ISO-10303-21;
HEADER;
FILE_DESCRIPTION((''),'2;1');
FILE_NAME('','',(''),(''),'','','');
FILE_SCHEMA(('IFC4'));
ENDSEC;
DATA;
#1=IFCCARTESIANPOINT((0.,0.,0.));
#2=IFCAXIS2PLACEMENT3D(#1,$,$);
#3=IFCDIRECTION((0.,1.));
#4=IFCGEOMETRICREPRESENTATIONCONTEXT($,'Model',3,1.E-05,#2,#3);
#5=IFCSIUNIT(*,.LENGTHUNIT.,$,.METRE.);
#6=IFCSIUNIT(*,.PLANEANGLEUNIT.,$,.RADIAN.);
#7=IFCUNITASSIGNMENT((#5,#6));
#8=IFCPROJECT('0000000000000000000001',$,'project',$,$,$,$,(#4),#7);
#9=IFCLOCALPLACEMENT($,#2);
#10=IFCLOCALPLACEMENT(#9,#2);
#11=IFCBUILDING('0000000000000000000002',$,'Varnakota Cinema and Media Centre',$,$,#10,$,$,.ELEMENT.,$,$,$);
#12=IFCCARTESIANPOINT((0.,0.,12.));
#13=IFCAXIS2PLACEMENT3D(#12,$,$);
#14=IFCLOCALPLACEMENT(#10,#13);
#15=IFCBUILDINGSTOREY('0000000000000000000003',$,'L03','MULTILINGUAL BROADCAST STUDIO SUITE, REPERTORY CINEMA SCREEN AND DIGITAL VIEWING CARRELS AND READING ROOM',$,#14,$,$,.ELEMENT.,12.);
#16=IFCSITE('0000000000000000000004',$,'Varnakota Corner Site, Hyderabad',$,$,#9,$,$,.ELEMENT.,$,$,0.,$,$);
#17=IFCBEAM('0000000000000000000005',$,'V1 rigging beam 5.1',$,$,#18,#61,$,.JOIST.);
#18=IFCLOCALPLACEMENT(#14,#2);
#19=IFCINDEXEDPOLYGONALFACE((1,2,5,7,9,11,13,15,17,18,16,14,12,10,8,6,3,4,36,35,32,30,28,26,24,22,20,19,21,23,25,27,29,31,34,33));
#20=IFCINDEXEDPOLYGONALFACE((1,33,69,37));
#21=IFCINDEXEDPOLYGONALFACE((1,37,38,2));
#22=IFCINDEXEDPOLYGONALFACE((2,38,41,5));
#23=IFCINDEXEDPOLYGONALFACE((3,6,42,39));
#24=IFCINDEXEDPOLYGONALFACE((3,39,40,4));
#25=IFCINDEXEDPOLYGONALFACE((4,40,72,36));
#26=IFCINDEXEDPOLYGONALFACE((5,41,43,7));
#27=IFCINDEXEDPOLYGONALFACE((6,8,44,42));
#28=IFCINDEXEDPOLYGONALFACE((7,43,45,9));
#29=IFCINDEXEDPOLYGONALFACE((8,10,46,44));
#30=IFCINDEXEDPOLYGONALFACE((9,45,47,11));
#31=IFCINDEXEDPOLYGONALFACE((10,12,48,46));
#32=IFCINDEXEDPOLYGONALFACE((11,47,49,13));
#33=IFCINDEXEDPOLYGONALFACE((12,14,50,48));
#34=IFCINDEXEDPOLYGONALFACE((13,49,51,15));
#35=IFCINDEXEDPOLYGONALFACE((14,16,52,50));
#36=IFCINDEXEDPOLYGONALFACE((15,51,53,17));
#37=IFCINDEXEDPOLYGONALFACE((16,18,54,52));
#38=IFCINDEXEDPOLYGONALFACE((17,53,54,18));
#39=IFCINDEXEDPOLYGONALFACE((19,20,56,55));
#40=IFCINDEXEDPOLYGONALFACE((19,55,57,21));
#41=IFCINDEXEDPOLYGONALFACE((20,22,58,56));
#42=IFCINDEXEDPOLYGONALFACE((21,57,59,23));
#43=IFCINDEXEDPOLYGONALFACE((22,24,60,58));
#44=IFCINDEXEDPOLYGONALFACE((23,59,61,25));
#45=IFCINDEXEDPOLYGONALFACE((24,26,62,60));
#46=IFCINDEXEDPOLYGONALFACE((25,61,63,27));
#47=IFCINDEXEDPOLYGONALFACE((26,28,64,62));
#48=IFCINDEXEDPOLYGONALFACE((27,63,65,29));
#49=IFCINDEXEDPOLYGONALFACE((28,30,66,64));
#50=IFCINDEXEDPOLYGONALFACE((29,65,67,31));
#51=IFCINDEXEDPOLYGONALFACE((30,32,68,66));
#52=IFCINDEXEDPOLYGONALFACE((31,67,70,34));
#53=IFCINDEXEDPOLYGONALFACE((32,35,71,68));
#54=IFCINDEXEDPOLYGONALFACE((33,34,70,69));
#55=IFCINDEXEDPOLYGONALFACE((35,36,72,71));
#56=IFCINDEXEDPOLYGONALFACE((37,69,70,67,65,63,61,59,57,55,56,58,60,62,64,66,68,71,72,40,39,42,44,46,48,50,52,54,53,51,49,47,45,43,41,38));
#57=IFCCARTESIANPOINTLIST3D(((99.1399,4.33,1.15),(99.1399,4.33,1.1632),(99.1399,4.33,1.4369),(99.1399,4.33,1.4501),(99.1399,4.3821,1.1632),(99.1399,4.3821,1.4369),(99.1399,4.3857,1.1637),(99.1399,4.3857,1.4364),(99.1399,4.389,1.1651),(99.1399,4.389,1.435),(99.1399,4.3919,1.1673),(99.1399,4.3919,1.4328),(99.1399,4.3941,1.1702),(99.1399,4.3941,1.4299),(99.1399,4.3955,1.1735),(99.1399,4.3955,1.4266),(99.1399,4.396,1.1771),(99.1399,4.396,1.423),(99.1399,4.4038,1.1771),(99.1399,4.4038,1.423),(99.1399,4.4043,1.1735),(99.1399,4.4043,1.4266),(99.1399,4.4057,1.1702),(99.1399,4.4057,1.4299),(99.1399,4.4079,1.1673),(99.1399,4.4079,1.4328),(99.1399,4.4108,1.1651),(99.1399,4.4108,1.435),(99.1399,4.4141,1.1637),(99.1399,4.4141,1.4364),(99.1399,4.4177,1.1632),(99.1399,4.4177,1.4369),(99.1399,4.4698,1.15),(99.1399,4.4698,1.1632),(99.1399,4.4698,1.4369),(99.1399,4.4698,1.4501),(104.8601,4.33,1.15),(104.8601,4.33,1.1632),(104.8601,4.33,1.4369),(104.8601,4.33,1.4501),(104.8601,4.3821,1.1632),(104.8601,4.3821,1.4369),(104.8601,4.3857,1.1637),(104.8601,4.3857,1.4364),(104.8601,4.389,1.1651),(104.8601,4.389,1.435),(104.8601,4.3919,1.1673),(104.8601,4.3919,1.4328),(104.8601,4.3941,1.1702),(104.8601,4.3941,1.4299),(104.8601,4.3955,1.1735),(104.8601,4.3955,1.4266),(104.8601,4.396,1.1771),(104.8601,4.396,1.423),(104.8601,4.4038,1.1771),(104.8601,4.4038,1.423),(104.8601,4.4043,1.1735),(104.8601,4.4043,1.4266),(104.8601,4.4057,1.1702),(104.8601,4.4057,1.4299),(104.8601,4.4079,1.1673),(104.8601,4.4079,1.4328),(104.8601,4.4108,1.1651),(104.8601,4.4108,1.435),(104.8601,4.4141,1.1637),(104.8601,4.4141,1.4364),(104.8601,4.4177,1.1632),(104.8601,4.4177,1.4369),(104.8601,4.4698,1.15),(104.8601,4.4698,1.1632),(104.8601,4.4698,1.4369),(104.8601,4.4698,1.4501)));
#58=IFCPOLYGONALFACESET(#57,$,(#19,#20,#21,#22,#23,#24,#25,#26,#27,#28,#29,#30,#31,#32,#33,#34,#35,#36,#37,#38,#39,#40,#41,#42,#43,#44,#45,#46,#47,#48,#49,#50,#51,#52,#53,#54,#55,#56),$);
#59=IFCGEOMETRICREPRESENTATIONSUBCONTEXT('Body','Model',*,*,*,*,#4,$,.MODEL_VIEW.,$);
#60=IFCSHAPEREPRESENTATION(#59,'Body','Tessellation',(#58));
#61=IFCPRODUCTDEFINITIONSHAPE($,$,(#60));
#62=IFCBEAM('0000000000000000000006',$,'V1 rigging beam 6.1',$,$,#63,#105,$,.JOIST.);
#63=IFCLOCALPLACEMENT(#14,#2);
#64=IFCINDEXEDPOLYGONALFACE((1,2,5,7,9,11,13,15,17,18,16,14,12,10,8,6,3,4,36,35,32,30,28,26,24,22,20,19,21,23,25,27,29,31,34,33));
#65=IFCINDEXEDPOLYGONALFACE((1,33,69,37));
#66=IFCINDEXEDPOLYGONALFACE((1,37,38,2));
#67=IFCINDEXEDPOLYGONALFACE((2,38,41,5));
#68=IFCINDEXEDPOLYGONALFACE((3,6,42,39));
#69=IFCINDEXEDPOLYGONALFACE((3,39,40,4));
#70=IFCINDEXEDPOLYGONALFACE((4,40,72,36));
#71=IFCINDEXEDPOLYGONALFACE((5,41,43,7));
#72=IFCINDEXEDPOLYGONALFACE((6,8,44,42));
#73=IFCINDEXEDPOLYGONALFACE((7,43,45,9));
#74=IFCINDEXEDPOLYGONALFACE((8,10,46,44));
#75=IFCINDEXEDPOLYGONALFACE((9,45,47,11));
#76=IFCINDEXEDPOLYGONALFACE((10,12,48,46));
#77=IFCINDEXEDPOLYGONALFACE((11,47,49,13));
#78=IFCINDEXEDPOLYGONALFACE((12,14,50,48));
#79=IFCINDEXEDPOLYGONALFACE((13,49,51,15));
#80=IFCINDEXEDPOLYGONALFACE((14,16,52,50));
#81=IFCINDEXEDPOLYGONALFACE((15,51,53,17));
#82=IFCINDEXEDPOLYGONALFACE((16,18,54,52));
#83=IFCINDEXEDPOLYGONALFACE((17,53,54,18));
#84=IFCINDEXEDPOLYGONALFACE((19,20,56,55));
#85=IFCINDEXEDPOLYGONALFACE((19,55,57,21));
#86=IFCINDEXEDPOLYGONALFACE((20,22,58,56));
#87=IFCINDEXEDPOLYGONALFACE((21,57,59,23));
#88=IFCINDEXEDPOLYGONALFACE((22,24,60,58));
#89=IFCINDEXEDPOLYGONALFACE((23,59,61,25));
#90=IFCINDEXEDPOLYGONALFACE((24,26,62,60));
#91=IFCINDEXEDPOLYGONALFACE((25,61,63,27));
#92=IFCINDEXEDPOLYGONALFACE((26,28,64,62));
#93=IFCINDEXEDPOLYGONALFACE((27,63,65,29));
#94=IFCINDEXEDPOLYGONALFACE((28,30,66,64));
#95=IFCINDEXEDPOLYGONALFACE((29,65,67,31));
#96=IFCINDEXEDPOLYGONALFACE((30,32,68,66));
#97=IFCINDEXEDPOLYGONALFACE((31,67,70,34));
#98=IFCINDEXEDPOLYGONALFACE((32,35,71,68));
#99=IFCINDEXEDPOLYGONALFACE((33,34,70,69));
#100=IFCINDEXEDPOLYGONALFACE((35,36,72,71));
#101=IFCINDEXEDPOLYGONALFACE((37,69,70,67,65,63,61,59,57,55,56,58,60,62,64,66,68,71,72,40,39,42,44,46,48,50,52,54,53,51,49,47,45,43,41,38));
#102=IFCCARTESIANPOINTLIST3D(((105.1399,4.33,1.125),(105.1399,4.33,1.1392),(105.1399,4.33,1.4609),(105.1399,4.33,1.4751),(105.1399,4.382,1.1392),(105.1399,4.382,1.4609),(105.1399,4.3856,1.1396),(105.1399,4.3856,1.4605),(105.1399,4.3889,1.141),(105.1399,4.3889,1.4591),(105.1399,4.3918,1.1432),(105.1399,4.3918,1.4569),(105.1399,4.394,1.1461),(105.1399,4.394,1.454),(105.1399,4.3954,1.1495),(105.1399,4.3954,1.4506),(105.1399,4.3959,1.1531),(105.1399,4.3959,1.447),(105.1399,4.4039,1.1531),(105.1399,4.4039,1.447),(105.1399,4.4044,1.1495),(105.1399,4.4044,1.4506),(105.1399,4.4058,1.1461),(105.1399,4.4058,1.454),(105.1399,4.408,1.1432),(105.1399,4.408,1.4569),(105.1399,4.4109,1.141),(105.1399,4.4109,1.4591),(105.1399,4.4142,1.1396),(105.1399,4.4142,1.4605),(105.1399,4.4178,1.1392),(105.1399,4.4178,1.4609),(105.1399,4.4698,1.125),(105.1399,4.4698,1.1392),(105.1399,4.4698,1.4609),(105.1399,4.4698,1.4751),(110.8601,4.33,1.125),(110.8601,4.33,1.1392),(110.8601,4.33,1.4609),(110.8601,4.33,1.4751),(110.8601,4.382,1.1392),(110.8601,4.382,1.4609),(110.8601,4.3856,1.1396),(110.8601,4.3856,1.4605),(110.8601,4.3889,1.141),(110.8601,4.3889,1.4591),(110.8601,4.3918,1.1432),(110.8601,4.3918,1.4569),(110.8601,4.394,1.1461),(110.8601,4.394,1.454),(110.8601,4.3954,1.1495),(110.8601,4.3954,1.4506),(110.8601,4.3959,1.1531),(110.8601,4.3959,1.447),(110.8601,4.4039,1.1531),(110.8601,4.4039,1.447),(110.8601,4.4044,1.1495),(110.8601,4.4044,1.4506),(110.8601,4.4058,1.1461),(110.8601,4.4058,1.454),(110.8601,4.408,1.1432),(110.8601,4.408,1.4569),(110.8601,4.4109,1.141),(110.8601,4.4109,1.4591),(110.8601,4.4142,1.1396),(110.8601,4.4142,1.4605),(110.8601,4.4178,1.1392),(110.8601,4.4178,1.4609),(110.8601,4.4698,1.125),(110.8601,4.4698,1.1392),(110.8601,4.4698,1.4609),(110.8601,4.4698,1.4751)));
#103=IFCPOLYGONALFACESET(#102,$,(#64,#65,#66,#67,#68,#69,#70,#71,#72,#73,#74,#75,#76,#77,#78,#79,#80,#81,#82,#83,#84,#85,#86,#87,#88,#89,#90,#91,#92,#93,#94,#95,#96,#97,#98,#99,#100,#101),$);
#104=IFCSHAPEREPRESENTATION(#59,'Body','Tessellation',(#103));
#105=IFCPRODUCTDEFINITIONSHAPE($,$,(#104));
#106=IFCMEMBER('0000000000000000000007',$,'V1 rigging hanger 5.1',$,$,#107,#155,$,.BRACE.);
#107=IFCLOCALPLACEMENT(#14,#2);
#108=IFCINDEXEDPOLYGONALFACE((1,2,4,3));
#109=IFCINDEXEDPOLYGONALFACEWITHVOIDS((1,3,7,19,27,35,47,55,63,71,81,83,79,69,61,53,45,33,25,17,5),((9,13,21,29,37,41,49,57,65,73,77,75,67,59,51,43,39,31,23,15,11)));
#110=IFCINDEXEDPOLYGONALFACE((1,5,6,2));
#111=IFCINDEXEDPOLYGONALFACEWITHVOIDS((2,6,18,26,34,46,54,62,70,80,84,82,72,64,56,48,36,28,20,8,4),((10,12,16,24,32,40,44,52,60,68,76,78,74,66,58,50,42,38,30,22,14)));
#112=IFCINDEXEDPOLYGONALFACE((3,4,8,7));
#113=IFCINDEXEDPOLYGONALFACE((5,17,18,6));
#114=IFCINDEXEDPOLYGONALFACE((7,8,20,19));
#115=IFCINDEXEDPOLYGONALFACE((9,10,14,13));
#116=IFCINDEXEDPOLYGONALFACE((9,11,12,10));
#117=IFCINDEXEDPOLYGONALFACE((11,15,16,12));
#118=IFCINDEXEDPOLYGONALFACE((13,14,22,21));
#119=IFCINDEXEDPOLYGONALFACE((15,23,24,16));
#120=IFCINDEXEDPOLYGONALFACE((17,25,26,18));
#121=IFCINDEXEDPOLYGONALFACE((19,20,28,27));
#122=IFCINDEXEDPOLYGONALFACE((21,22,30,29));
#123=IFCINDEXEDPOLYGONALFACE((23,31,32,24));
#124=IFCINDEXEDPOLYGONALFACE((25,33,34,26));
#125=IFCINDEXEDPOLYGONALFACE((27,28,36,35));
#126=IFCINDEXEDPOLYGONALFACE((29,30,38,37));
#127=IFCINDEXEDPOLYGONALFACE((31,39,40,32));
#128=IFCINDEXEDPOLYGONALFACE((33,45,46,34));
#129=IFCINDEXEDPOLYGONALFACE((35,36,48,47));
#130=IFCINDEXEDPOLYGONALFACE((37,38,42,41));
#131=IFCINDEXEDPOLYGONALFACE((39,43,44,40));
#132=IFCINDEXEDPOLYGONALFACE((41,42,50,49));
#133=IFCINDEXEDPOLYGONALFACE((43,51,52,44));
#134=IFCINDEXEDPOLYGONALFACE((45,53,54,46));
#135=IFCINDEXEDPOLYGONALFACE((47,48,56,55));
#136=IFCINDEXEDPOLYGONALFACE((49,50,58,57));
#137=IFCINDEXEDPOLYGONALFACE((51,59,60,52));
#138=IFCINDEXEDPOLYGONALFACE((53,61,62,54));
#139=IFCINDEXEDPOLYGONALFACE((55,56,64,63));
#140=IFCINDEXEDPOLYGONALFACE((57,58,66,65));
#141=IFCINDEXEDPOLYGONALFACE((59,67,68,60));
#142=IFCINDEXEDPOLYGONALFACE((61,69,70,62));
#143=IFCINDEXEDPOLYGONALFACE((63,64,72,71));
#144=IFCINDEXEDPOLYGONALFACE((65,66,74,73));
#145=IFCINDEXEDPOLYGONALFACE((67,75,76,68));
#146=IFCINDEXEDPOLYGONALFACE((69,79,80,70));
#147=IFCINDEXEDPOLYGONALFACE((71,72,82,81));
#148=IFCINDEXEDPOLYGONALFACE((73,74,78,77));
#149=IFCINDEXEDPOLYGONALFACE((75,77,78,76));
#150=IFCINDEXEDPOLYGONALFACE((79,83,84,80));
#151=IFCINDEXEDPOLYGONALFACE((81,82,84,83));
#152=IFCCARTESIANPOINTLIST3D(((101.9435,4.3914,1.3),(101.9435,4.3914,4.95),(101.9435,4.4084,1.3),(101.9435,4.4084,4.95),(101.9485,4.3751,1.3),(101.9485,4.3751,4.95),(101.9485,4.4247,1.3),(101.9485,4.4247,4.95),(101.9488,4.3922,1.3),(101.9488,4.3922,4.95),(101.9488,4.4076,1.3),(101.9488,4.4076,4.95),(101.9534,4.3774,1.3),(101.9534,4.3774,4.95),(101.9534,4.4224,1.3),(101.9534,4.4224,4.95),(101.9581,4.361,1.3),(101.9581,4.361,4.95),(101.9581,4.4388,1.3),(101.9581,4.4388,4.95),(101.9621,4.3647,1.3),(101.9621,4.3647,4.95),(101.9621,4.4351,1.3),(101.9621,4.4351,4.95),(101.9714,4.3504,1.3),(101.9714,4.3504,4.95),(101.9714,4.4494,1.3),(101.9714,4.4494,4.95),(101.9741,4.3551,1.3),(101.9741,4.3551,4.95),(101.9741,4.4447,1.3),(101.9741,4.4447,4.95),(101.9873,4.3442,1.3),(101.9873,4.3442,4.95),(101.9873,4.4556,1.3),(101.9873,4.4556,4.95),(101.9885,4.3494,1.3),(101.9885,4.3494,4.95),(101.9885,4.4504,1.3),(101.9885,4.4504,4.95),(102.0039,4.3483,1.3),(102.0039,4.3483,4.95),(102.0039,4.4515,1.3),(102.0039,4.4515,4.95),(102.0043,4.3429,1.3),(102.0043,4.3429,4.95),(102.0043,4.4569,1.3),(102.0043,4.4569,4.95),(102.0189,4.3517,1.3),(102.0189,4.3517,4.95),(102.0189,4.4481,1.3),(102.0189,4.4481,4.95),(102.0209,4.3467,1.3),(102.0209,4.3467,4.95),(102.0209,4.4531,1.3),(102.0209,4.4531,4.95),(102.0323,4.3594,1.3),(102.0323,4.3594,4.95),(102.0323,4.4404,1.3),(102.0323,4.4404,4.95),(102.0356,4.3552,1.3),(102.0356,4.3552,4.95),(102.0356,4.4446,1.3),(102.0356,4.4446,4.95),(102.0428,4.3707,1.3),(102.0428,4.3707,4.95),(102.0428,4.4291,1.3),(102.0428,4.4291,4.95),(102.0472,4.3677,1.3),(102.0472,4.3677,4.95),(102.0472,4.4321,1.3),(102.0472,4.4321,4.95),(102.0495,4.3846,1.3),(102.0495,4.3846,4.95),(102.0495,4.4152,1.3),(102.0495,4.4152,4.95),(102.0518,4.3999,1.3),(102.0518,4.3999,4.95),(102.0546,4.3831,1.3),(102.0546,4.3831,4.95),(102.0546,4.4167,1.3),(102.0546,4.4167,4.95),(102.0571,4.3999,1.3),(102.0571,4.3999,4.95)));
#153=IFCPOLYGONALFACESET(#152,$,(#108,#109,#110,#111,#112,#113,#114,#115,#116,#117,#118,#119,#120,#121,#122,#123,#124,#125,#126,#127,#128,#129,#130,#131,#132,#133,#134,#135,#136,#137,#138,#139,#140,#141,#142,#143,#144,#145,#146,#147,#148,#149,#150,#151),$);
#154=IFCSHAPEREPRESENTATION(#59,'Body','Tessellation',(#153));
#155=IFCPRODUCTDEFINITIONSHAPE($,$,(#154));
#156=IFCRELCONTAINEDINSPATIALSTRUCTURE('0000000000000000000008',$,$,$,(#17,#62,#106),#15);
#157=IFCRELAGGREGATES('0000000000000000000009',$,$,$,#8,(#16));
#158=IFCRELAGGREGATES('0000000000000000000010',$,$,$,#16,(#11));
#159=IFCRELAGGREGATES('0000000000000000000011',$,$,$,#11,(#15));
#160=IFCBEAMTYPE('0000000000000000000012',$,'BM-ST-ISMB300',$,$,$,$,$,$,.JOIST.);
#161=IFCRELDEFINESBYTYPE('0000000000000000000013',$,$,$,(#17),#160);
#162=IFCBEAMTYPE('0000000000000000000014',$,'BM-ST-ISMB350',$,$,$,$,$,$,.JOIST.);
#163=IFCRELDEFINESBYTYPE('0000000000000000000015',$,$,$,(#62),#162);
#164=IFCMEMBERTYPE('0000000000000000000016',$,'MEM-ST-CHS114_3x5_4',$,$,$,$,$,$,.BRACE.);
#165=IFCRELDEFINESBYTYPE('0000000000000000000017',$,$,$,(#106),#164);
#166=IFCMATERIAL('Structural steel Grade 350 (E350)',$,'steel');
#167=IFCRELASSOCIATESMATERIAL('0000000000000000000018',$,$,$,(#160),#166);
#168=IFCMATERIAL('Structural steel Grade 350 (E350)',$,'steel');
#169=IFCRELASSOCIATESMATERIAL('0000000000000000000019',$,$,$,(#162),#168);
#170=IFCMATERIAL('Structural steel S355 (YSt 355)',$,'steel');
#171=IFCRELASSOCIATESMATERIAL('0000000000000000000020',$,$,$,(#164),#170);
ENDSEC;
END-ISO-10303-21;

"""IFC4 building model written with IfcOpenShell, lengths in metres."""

from ifc_helpers import new_model, si_unit, direction, frame, origin, origin_2d, place, context, subcontext, project, spatial, hollow_circle, i_section, extrude, material, material_profile, profile_set, type_object, element, save


model = new_model("IFC4")

# Units and contexts
model_context = context("Model", 3, precision=1e-05, world=origin(), true_north=direction((0.0, 1.0)))
body_context = subcontext(model_context, "Body", "Model", "MODEL_VIEW")
ifc_project = project(units=[si_unit("LENGTHUNIT", "METRE"), si_unit("PLANEANGLEUNIT", "RADIAN")], contexts=[model_context])

# Site, building, storey
site_placement = place(None, origin())
site = spatial("IfcSite", under=ifc_project, at=site_placement, Name="Varnakota Corner Site, Hyderabad", CompositionType="ELEMENT", RefElevation=0.0)
building_placement = place(site_placement, origin())
building = spatial("IfcBuilding", under=site, at=building_placement, Name="Varnakota Cinema and Media Centre", CompositionType="ELEMENT")
storey_placement = place(building_placement, frame((0.0, 0.0, 12.0)))
storey = spatial("IfcBuildingStorey", under=building, at=storey_placement, Name="L03", Description="MULTILINGUAL BROADCAST STUDIO SUITE, REPERTORY CINEMA SCREEN AND DIGITAL VIEWING CARRELS AND READING ROOM", CompositionType="ELEMENT", Elevation=12.0)

# Beams
ifc_material_1 = material(Name="Structural steel Grade 350 (E350)", Category="steel")
ifc_material_profile_1 = material_profile(ifc_material_1, i_section(OverallWidth=0.1399, OverallDepth=0.3, WebThickness=0.0078, FlangeThickness=0.0132, FilletRadius=0.0139, at=origin_2d()), Name="ISMB 300")
ifc_profile_set_1 = profile_set([ifc_material_profile_1], Name="Structural steel Grade 350 (E350)")
beam_type_1 = type_object("IfcBeamType", Name="BM-ST-ISMB300", PredefinedType="JOIST", material=ifc_profile_set_1)
beam_1_placement = place(storey_placement, frame((99.1399, 4.3999, 1.3), z_axis=(1.0, 0.0, 0.0), x_axis=(0.0, 1.0, 0.0)))
element("IfcBeam", 1, at=beam_1_placement, inside=storey, type_object=beam_type_1, Name="V1 rigging beam 5.1", PredefinedType="JOIST", context=body_context, shape_type="SweptSolid", body=[
    extrude(i_section(OverallWidth=0.1399, OverallDepth=0.3, WebThickness=0.0078, FlangeThickness=0.0132, FilletRadius=0.0139, at=origin_2d()), origin(), (0.0, 0.0, 1.0), 5.7202),
])
ifc_material_2 = material(Name="Structural steel Grade 350 (E350)", Category="steel")
ifc_material_profile_2 = material_profile(ifc_material_2, i_section(OverallWidth=0.1399, OverallDepth=0.3501, WebThickness=0.0081, FlangeThickness=0.0142, FilletRadius=0.0139, at=origin_2d()), Name="ISMB 350")
ifc_profile_set_2 = profile_set([ifc_material_profile_2], Name="Structural steel Grade 350 (E350)")
beam_type_2 = type_object("IfcBeamType", Name="BM-ST-ISMB350", PredefinedType="JOIST", material=ifc_profile_set_2)
beam_2_placement = place(storey_placement, frame((105.1399, 4.3999, 1.3), z_axis=(1.0, 0.0, 0.0), x_axis=(0.0, 1.0, 0.0)))
element("IfcBeam", 2, at=beam_2_placement, inside=storey, type_object=beam_type_2, Name="V1 rigging beam 6.1", PredefinedType="JOIST", context=body_context, shape_type="SweptSolid", body=[
    extrude(i_section(OverallWidth=0.1399, OverallDepth=0.3501, WebThickness=0.0081, FlangeThickness=0.0142, FilletRadius=0.0139, at=origin_2d()), origin(), (0.0, 0.0, 1.0), 5.7202),
])

# Member
ifc_material_3 = material(Name="Structural steel S355 (YSt 355)", Category="steel")
ifc_material_profile_3 = material_profile(ifc_material_3, hollow_circle(Radius=0.0571, WallThickness=0.0054, at=origin_2d()), Name="CHS 114.3x5.4")
ifc_profile_set_3 = profile_set([ifc_material_profile_3], Name="Structural steel S355 (YSt 355)")
member_type_1 = type_object("IfcMemberType", Name="MEM-ST-CHS114_3x5_4", PredefinedType="BRACE", material=ifc_profile_set_3)
for number, where, z_axis, x_axis, name in (
    (3, (102.0, 4.3999, 1.3), (0.0, 0.0, 1.0), (1.0, 0.0, 0.0), "V1 rigging hanger 5.1"),
):
    element("IfcMember", number, at=place(storey_placement, frame(where, z_axis=z_axis, x_axis=x_axis)), inside=storey, type_object=member_type_1, Name=name, PredefinedType="BRACE", context=body_context, shape_type="SweptSolid", body=[
        extrude(hollow_circle(Radius=0.0571, WallThickness=0.0054, at=origin_2d()), origin(), (0.0, 0.0, 1.0), 3.6499),
    ])

save(model, "model.ifc")
